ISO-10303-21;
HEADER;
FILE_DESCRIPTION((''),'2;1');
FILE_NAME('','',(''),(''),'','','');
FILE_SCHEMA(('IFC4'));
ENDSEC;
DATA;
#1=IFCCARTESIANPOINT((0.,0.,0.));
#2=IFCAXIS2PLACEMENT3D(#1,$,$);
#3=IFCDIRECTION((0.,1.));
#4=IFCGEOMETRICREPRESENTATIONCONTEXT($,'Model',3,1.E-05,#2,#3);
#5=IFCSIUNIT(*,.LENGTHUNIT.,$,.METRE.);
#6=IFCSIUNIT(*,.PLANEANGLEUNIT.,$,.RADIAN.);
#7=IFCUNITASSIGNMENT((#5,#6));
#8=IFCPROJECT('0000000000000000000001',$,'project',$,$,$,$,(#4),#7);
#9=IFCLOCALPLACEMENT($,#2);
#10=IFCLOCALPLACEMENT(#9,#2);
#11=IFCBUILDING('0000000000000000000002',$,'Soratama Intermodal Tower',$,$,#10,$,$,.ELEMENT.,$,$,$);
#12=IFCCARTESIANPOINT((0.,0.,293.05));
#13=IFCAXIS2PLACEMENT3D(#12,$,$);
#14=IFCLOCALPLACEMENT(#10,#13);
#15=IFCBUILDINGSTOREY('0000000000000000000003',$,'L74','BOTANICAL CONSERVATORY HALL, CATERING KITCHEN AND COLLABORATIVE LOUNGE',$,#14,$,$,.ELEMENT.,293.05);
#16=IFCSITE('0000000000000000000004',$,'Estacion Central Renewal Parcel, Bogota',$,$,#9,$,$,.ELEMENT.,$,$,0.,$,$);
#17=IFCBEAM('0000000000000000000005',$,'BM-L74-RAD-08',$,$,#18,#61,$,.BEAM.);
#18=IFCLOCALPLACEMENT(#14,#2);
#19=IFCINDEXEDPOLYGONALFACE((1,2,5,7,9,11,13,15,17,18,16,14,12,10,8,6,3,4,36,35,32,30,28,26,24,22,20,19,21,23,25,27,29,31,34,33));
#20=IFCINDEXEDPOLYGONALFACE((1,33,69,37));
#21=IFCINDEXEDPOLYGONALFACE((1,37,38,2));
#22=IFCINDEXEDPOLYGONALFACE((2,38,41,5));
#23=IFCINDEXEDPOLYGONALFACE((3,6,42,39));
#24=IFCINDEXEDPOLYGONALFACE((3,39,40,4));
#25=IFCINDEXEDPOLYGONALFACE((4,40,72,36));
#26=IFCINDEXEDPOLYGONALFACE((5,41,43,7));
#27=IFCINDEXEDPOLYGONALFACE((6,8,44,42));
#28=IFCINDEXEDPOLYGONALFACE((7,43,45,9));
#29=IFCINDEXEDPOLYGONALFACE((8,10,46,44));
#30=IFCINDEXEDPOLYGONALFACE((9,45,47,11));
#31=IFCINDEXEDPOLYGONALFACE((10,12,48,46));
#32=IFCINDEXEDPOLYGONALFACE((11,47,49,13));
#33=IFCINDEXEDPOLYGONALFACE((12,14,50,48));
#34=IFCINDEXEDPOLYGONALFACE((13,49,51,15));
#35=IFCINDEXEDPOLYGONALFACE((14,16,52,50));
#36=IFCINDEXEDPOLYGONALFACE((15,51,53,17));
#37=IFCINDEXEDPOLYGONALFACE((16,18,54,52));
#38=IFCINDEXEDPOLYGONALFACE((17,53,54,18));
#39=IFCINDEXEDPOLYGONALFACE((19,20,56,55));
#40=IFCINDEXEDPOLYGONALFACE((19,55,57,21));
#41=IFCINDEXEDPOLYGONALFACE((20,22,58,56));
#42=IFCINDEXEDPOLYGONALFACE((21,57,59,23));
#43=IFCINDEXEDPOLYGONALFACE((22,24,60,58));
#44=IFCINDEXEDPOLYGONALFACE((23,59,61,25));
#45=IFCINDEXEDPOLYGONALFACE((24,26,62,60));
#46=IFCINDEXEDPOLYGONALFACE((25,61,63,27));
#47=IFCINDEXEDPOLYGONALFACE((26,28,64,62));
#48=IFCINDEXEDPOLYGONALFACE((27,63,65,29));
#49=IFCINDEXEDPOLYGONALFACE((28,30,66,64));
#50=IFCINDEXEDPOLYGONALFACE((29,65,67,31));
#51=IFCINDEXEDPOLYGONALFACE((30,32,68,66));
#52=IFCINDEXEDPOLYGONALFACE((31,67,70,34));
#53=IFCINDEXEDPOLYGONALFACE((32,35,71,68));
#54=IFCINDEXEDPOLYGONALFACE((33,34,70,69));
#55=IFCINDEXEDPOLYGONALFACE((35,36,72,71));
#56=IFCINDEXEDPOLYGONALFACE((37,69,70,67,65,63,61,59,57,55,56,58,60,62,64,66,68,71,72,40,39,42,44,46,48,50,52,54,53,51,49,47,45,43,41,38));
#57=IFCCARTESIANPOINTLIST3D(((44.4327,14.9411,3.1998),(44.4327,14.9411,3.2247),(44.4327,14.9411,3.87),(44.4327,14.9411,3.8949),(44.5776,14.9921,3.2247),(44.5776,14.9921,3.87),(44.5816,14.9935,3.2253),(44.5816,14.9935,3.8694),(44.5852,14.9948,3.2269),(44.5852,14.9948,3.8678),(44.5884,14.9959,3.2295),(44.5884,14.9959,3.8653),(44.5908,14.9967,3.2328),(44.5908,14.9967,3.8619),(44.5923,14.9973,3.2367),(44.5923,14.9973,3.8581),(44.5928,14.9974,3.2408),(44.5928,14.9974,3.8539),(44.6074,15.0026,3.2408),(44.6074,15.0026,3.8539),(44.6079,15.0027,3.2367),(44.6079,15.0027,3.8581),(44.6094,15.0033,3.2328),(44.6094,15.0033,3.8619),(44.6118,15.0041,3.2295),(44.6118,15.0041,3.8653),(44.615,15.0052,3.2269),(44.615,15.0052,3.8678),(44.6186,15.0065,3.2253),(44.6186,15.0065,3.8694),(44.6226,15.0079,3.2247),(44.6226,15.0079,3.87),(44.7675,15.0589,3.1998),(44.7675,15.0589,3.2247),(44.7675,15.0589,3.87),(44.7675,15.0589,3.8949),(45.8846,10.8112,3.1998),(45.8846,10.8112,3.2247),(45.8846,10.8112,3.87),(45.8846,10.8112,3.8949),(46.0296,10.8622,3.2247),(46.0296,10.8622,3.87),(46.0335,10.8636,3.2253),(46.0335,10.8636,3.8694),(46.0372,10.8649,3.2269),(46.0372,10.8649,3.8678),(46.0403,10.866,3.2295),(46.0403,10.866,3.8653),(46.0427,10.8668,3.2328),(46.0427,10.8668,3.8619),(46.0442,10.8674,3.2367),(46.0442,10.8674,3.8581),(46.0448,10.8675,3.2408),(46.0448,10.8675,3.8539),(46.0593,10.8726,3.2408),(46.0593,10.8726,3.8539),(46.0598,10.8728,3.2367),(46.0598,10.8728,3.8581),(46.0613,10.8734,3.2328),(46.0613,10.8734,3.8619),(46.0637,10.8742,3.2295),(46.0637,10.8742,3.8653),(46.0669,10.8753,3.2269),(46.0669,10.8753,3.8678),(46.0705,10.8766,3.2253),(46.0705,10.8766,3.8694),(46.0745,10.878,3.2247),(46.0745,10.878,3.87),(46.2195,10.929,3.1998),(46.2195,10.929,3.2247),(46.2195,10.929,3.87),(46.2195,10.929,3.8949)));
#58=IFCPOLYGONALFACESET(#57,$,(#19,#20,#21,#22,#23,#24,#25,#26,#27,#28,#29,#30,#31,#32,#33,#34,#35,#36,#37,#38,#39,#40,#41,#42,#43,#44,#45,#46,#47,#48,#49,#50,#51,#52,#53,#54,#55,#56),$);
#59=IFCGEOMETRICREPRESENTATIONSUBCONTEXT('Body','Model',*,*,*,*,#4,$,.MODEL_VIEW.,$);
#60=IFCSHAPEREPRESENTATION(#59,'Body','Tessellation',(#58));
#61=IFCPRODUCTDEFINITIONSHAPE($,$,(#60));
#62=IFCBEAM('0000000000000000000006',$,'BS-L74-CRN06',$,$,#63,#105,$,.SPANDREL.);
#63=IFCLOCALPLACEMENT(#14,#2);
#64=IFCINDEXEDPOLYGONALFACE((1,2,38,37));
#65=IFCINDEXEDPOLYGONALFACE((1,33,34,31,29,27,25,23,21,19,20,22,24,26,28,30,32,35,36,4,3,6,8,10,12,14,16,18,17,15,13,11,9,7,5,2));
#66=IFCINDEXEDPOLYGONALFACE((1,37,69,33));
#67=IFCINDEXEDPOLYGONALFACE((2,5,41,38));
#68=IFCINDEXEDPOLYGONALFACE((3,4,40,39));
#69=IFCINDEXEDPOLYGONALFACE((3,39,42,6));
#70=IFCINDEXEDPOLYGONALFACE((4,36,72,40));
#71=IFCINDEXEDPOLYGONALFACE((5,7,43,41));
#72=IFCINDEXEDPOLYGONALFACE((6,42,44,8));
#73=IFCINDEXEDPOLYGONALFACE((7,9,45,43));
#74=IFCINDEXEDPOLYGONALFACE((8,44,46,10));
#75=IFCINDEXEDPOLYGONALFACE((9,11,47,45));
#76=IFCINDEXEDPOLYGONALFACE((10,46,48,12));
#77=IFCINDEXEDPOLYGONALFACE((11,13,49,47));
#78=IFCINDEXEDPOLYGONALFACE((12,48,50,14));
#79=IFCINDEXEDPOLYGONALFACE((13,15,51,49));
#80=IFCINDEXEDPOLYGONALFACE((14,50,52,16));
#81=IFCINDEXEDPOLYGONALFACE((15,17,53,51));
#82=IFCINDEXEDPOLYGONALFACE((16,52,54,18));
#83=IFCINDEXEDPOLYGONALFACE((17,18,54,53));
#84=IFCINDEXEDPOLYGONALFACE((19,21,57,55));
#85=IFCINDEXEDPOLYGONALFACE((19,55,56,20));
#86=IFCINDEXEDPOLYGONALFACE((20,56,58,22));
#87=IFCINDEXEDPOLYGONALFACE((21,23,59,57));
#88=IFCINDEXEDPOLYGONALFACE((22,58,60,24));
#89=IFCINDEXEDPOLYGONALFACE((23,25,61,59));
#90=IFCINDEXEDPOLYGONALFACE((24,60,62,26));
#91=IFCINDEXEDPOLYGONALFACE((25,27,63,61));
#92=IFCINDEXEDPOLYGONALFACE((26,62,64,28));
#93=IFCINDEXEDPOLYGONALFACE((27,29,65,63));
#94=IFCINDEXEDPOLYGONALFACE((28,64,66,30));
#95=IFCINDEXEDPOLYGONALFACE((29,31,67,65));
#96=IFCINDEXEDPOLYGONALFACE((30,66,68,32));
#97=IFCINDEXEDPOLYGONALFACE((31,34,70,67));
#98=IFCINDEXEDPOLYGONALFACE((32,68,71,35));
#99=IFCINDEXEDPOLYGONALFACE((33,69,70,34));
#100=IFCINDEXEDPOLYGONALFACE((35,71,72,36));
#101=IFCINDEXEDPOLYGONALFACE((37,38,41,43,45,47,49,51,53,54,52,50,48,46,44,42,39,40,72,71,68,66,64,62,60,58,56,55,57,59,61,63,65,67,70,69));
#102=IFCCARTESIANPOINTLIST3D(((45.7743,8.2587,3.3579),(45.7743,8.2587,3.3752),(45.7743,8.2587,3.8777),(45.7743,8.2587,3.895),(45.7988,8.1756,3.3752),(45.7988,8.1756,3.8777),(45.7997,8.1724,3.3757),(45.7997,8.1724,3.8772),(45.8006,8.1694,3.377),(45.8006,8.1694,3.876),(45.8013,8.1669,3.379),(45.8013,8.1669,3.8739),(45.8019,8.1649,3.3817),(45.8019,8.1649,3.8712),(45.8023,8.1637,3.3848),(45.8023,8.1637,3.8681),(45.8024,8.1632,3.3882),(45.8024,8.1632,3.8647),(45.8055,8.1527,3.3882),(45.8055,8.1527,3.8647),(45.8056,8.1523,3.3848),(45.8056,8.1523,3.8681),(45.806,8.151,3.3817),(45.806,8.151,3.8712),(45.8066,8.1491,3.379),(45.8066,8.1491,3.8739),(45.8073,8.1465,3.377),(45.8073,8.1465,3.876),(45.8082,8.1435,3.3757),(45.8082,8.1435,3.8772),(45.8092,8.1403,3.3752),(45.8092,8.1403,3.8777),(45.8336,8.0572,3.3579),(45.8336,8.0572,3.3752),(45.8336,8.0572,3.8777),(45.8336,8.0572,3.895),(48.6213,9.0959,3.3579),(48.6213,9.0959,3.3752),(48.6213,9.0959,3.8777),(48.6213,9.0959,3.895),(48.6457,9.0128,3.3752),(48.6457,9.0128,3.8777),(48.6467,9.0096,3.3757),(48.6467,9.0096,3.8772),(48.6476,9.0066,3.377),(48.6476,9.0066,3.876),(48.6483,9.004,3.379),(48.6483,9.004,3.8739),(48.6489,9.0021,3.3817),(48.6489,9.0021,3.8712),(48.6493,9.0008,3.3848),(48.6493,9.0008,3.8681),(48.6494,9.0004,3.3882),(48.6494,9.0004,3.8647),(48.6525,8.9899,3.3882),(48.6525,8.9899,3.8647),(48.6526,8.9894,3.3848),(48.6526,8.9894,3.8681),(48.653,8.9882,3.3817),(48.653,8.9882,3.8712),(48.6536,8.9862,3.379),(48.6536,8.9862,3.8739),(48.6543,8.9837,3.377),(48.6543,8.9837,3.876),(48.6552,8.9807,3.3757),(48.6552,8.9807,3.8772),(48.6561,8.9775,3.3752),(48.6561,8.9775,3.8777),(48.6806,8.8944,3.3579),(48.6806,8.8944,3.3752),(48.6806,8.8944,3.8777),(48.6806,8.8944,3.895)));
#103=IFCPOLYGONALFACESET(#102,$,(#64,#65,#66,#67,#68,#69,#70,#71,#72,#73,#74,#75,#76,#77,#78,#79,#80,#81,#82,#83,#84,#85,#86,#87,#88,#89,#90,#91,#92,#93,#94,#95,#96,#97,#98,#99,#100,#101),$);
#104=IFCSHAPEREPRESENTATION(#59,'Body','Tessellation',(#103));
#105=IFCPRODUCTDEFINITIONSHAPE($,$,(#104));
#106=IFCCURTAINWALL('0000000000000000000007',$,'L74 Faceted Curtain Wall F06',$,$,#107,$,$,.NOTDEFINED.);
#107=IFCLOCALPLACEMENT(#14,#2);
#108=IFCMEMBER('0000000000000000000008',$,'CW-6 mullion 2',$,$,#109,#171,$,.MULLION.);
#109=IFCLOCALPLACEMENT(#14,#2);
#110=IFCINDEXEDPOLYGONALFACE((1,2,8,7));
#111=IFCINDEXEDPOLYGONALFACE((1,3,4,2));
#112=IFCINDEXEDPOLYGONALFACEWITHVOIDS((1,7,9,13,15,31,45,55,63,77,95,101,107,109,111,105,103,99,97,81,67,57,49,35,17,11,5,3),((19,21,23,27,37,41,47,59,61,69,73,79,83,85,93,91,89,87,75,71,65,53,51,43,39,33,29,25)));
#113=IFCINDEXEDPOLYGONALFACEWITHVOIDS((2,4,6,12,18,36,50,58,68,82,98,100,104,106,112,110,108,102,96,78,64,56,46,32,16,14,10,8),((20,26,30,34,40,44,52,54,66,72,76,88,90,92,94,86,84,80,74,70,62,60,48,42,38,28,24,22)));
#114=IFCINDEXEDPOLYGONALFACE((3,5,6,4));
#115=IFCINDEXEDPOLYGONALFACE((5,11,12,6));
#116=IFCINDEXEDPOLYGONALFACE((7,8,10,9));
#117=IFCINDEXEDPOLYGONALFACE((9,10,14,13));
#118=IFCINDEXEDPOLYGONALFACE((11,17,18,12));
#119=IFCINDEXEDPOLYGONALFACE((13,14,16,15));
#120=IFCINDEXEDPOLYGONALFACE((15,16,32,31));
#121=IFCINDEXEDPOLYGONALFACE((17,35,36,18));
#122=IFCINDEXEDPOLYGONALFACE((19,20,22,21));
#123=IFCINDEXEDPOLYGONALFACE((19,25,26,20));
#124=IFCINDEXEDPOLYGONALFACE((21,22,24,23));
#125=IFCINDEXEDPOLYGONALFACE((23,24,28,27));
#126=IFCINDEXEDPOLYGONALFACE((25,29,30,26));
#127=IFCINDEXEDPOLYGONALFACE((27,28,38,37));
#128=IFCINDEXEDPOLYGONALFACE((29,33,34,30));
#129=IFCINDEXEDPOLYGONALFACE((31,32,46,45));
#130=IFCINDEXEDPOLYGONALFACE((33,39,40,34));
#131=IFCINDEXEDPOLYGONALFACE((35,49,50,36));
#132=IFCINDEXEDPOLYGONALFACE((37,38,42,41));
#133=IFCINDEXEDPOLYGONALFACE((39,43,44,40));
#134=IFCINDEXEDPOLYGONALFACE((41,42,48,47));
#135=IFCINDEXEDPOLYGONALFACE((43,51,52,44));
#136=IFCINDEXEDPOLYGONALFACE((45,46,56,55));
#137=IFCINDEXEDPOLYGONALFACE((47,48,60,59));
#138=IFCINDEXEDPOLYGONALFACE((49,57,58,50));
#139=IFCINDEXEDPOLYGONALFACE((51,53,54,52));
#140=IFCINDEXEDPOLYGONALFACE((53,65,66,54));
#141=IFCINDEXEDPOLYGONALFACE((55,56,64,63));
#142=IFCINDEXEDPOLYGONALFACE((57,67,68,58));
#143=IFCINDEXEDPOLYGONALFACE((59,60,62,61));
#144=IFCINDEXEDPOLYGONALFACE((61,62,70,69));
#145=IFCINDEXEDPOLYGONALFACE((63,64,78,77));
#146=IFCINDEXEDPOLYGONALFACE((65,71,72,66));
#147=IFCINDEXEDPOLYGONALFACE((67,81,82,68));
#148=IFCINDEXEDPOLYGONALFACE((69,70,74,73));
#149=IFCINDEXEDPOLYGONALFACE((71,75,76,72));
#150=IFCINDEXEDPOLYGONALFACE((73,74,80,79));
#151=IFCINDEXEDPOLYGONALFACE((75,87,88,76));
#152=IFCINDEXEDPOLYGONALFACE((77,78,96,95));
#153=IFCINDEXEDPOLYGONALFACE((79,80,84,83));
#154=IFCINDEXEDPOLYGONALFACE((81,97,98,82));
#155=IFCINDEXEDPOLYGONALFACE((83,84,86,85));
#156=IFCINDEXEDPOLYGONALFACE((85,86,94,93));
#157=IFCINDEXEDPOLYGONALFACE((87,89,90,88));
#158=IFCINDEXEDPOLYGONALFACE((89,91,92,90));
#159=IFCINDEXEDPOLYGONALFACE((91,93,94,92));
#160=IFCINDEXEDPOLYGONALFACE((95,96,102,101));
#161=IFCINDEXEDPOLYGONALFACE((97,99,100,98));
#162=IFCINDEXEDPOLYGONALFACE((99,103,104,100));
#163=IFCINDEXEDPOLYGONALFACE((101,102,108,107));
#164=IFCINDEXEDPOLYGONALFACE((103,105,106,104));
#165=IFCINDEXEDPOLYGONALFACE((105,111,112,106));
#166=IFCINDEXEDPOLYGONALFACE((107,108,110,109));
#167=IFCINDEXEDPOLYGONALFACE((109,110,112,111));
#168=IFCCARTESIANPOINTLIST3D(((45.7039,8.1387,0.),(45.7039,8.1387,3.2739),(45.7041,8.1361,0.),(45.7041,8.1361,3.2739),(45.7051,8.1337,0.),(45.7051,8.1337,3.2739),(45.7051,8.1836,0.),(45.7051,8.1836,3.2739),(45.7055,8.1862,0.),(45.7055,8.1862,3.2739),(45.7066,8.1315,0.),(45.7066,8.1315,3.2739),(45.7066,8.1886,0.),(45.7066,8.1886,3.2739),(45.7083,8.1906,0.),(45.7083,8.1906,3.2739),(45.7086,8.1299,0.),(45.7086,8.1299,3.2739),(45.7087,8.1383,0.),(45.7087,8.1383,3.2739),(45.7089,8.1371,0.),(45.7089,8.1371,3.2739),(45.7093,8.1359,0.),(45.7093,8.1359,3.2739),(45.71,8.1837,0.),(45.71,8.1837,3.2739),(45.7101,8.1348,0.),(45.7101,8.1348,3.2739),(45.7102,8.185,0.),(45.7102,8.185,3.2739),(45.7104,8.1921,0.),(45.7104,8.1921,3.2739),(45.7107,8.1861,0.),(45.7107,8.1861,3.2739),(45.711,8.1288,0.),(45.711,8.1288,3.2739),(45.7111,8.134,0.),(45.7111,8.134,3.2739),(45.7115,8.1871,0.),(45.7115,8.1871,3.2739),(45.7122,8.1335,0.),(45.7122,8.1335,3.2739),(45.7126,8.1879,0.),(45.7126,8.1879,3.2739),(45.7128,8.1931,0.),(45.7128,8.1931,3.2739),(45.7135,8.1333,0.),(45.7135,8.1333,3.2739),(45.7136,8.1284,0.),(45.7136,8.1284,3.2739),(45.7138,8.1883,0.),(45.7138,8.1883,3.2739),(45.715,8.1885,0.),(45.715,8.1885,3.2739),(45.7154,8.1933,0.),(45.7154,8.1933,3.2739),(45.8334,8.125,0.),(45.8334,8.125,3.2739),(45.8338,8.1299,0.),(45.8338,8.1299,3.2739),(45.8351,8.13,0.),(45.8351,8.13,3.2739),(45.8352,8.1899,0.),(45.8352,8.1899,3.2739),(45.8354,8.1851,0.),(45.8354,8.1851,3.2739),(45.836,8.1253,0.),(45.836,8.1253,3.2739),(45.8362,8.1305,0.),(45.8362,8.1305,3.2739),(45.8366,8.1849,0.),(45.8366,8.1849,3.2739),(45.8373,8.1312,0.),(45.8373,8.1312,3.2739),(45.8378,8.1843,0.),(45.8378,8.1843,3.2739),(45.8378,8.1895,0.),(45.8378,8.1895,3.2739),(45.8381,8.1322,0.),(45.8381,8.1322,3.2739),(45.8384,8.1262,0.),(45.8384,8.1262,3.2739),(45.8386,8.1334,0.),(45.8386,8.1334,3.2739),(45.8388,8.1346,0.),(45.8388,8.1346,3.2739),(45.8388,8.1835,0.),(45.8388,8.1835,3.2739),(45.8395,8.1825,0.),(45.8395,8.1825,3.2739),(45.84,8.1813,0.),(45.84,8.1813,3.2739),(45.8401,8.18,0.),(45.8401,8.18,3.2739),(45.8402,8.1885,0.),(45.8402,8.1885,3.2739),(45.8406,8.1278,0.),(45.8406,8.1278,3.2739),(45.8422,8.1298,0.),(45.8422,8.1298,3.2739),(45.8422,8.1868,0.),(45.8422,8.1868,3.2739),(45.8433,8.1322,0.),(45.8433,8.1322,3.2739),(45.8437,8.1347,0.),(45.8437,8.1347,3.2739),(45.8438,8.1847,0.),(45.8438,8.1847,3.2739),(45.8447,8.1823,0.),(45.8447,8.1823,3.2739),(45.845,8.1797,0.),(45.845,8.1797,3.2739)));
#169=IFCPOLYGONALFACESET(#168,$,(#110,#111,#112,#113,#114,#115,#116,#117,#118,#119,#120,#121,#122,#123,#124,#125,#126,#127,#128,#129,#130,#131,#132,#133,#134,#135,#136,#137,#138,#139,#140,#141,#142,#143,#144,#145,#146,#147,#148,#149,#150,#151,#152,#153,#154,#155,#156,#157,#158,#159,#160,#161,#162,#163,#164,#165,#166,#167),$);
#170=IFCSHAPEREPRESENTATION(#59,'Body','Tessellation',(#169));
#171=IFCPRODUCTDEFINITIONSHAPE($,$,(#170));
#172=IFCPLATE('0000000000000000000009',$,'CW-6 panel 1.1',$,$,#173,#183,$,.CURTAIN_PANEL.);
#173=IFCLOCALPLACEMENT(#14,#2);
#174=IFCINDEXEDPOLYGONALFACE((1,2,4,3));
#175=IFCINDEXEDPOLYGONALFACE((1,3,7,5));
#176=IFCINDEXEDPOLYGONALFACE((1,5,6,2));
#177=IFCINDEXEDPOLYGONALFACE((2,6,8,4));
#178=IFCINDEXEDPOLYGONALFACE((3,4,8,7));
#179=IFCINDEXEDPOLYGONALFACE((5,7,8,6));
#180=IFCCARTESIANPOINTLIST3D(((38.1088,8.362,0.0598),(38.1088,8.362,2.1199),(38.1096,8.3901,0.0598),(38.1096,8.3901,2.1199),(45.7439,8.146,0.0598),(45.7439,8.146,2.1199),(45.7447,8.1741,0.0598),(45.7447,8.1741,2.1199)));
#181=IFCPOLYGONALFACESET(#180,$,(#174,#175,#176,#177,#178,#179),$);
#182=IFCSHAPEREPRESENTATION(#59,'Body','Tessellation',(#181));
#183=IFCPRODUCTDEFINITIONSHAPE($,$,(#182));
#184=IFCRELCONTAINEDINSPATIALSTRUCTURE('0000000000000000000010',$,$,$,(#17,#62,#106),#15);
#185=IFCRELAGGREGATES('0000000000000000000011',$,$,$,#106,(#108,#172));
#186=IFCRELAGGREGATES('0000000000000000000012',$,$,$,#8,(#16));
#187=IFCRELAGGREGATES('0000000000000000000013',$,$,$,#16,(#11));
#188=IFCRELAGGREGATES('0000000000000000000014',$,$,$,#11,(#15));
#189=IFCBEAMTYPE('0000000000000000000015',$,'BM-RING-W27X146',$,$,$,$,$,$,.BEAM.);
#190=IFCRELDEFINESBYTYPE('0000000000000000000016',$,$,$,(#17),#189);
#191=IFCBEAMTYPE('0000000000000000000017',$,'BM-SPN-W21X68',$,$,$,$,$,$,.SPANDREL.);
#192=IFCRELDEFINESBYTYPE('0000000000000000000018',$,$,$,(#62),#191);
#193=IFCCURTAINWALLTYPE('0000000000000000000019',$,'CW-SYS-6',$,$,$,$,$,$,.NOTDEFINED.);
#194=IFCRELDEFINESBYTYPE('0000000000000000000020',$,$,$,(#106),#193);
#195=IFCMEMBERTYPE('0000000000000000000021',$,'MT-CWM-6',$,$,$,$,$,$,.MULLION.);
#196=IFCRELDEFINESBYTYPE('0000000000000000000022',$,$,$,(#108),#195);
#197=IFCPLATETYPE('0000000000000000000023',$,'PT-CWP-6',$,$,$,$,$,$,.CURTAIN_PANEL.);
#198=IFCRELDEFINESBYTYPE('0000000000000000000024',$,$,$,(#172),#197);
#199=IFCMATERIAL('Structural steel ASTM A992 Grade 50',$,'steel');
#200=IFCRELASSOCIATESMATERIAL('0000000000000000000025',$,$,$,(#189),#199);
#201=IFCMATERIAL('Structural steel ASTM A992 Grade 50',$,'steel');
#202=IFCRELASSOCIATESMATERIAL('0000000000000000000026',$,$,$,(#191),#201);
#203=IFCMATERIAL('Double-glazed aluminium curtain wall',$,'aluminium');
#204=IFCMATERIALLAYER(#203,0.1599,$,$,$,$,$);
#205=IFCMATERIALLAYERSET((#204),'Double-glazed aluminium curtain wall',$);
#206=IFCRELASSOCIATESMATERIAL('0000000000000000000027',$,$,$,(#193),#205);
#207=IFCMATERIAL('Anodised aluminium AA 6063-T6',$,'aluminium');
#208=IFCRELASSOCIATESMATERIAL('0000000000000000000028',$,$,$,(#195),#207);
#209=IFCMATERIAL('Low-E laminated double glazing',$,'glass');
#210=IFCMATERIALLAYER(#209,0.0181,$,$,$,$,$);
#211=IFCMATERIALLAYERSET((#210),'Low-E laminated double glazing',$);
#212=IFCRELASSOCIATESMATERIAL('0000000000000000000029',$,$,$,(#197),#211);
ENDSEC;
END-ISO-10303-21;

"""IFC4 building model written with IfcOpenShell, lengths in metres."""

from ifc_helpers import new_model, si_unit, direction, frame, origin, origin_2d, place, context, subcontext, project, spatial, rectangle, hollow_rectangle, i_section, extrude, material, layer, layer_set, material_profile, profile_set, type_object, element, aggregate, save


model = new_model("IFC4")

# Units and contexts
model_context = context("Model", 3, precision=1e-05, world=origin(), true_north=direction((0.0, 1.0)))
body_context = subcontext(model_context, "Body", "Model", "MODEL_VIEW")
ifc_project = project(units=[si_unit("LENGTHUNIT", "METRE"), si_unit("PLANEANGLEUNIT", "RADIAN")], contexts=[model_context])

# Site, building, storey
site_placement = place(None, origin())
site = spatial("IfcSite", under=ifc_project, at=site_placement, Name="Estacion Central Renewal Parcel, Bogota", CompositionType="ELEMENT", RefElevation=0.0)
building_placement = place(site_placement, origin())
building = spatial("IfcBuilding", under=site, at=building_placement, Name="Soratama Intermodal Tower", CompositionType="ELEMENT")
storey_placement = place(building_placement, frame((0.0, 0.0, 293.05)))
storey = spatial("IfcBuildingStorey", under=building, at=storey_placement, Name="L74", Description="BOTANICAL CONSERVATORY HALL, CATERING KITCHEN AND COLLABORATIVE LOUNGE", CompositionType="ELEMENT", Elevation=293.05)

# Beams
ifc_material_1 = material(Name="Structural steel ASTM A992 Grade 50", Category="steel")
ifc_material_profile_1 = material_profile(ifc_material_1, i_section(OverallWidth=0.355, OverallDepth=0.6951, WebThickness=0.0154, FlangeThickness=0.0249, FilletRadius=0.0161, at=origin_2d()), Name="W27X146")
ifc_profile_set_1 = profile_set([ifc_material_profile_1], Name="Structural steel ASTM A992 Grade 50")
beam_type_1 = type_object("IfcBeamType", Name="BM-RING-W27X146", PredefinedType="BEAM", material=ifc_profile_set_1)
beam_1_placement = place(storey_placement, frame((44.6001, 15.0, 3.5474), z_axis=(0.331662, -0.943398, 0.0), x_axis=(0.943398, 0.331662, 0.0)))
element("IfcBeam", 1, at=beam_1_placement, inside=storey, type_object=beam_type_1, Name="BM-L74-RAD-08", PredefinedType="BEAM", context=body_context, shape_type="SweptSolid", body=[
    extrude(i_section(OverallWidth=0.355, OverallDepth=0.6951, WebThickness=0.0154, FlangeThickness=0.0249, FilletRadius=0.0161, at=origin_2d()), origin(), (0.0, 0.0, 1.0), 4.3777),
])
ifc_material_2 = material(Name="Structural steel ASTM A992 Grade 50", Category="steel")
ifc_material_profile_2 = material_profile(ifc_material_2, i_section(OverallWidth=0.21, OverallDepth=0.5371, WebThickness=0.011, FlangeThickness=0.0173, FilletRadius=0.0129, at=origin_2d()), Name="W21X68")
ifc_profile_set_2 = profile_set([ifc_material_profile_2], Name="Structural steel ASTM A992 Grade 50")
beam_type_2 = type_object("IfcBeamType", Name="BM-SPN-W21X68", PredefinedType="SPANDREL", material=ifc_profile_set_2)
beam_2_placement = place(storey_placement, frame((45.804, 8.158, 3.6265), z_axis=(0.959381, 0.282113, 0.0), x_axis=(-0.282113, 0.959381, 0.0)))
element("IfcBeam", 2, at=beam_2_placement, inside=storey, type_object=beam_type_2, Name="BS-L74-CRN06", PredefinedType="SPANDREL", context=body_context, shape_type="SweptSolid", body=[
    extrude(i_section(OverallWidth=0.21, OverallDepth=0.5371, WebThickness=0.011, FlangeThickness=0.0173, FilletRadius=0.0129, at=origin_2d()), origin(), (0.0, 0.0, 1.0), 2.9675),
])

# Curtain wall, member, plate
ifc_material_3 = material(Name="Double-glazed aluminium curtain wall", Category="aluminium")
ifc_layer_1 = layer(ifc_material_3, 0.1599)
ifc_layer_set_1 = layer_set([ifc_layer_1], Name="Double-glazed aluminium curtain wall")
curtain_wall_type = type_object("IfcCurtainWallType", Name="CW-SYS-6", PredefinedType="NOTDEFINED", material=ifc_layer_set_1)
curtain_wall_placement = place(storey_placement, origin())
curtain_wall = element("IfcCurtainWall", 3, at=curtain_wall_placement, inside=storey, type_object=curtain_wall_type, Name="L74 Faceted Curtain Wall F06", PredefinedType="NOTDEFINED")
ifc_material_4 = material(Name="Anodised aluminium AA 6063-T6", Category="aluminium")
ifc_material_profile_3 = material_profile(ifc_material_4, hollow_rectangle(XDim=0.0649, YDim=0.1399, WallThickness=0.0049, InnerFilletRadius=0.0049, OuterFilletRadius=0.01, at=origin_2d()), Name="CWM140X65X5")
ifc_profile_set_3 = profile_set([ifc_material_profile_3], Name="Anodised aluminium AA 6063-T6")
member_type = type_object("IfcMemberType", Name="MT-CWM-6", PredefinedType="MULLION", material=ifc_profile_set_3)
member_placement = place(storey_placement, frame((45.7744, 8.1592, 0.0), z_axis=(0.0, 0.0, 1.0), x_axis=(0.02828, 0.9996, 0.0)))
member = element("IfcMember", 4, at=member_placement, type_object=member_type, Name="CW-6 mullion 2", PredefinedType="MULLION", context=body_context, shape_type="SweptSolid", body=[
    extrude(hollow_rectangle(XDim=0.0649, YDim=0.1399, WallThickness=0.0049, InnerFilletRadius=0.0049, OuterFilletRadius=0.01, at=origin_2d()), origin(), (0.0, 0.0, 1.0), 3.2739),
])
ifc_material_5 = material(Name="Low-E laminated double glazing", Category="glass")
ifc_layer_2 = layer(ifc_material_5, 0.0181)
ifc_layer_set_2 = layer_set([ifc_layer_2], Name="Low-E laminated double glazing")
plate_type = type_object("IfcPlateType", Name="PT-CWP-6", PredefinedType="CURTAIN_PANEL", material=ifc_layer_set_2)
plate_1_placement = place(storey_placement, frame((41.9268, 8.2681, 0.0598), z_axis=(0.0, 0.0, 1.0), x_axis=(0.9996, -0.02828, 0.0)))
plate_1 = element("IfcPlate", 5, at=plate_1_placement, type_object=plate_type, Name="CW-6 panel 1.1", PredefinedType="CURTAIN_PANEL", context=body_context, shape_type="SweptSolid", body=[
    extrude(rectangle(XDim=7.6382, YDim=0.0281, at=origin_2d()), origin(), (0.0, 0.0, 1.0), 2.0601),
])
aggregate(curtain_wall, [member, plate_1])

save(model, "model.ifc")
